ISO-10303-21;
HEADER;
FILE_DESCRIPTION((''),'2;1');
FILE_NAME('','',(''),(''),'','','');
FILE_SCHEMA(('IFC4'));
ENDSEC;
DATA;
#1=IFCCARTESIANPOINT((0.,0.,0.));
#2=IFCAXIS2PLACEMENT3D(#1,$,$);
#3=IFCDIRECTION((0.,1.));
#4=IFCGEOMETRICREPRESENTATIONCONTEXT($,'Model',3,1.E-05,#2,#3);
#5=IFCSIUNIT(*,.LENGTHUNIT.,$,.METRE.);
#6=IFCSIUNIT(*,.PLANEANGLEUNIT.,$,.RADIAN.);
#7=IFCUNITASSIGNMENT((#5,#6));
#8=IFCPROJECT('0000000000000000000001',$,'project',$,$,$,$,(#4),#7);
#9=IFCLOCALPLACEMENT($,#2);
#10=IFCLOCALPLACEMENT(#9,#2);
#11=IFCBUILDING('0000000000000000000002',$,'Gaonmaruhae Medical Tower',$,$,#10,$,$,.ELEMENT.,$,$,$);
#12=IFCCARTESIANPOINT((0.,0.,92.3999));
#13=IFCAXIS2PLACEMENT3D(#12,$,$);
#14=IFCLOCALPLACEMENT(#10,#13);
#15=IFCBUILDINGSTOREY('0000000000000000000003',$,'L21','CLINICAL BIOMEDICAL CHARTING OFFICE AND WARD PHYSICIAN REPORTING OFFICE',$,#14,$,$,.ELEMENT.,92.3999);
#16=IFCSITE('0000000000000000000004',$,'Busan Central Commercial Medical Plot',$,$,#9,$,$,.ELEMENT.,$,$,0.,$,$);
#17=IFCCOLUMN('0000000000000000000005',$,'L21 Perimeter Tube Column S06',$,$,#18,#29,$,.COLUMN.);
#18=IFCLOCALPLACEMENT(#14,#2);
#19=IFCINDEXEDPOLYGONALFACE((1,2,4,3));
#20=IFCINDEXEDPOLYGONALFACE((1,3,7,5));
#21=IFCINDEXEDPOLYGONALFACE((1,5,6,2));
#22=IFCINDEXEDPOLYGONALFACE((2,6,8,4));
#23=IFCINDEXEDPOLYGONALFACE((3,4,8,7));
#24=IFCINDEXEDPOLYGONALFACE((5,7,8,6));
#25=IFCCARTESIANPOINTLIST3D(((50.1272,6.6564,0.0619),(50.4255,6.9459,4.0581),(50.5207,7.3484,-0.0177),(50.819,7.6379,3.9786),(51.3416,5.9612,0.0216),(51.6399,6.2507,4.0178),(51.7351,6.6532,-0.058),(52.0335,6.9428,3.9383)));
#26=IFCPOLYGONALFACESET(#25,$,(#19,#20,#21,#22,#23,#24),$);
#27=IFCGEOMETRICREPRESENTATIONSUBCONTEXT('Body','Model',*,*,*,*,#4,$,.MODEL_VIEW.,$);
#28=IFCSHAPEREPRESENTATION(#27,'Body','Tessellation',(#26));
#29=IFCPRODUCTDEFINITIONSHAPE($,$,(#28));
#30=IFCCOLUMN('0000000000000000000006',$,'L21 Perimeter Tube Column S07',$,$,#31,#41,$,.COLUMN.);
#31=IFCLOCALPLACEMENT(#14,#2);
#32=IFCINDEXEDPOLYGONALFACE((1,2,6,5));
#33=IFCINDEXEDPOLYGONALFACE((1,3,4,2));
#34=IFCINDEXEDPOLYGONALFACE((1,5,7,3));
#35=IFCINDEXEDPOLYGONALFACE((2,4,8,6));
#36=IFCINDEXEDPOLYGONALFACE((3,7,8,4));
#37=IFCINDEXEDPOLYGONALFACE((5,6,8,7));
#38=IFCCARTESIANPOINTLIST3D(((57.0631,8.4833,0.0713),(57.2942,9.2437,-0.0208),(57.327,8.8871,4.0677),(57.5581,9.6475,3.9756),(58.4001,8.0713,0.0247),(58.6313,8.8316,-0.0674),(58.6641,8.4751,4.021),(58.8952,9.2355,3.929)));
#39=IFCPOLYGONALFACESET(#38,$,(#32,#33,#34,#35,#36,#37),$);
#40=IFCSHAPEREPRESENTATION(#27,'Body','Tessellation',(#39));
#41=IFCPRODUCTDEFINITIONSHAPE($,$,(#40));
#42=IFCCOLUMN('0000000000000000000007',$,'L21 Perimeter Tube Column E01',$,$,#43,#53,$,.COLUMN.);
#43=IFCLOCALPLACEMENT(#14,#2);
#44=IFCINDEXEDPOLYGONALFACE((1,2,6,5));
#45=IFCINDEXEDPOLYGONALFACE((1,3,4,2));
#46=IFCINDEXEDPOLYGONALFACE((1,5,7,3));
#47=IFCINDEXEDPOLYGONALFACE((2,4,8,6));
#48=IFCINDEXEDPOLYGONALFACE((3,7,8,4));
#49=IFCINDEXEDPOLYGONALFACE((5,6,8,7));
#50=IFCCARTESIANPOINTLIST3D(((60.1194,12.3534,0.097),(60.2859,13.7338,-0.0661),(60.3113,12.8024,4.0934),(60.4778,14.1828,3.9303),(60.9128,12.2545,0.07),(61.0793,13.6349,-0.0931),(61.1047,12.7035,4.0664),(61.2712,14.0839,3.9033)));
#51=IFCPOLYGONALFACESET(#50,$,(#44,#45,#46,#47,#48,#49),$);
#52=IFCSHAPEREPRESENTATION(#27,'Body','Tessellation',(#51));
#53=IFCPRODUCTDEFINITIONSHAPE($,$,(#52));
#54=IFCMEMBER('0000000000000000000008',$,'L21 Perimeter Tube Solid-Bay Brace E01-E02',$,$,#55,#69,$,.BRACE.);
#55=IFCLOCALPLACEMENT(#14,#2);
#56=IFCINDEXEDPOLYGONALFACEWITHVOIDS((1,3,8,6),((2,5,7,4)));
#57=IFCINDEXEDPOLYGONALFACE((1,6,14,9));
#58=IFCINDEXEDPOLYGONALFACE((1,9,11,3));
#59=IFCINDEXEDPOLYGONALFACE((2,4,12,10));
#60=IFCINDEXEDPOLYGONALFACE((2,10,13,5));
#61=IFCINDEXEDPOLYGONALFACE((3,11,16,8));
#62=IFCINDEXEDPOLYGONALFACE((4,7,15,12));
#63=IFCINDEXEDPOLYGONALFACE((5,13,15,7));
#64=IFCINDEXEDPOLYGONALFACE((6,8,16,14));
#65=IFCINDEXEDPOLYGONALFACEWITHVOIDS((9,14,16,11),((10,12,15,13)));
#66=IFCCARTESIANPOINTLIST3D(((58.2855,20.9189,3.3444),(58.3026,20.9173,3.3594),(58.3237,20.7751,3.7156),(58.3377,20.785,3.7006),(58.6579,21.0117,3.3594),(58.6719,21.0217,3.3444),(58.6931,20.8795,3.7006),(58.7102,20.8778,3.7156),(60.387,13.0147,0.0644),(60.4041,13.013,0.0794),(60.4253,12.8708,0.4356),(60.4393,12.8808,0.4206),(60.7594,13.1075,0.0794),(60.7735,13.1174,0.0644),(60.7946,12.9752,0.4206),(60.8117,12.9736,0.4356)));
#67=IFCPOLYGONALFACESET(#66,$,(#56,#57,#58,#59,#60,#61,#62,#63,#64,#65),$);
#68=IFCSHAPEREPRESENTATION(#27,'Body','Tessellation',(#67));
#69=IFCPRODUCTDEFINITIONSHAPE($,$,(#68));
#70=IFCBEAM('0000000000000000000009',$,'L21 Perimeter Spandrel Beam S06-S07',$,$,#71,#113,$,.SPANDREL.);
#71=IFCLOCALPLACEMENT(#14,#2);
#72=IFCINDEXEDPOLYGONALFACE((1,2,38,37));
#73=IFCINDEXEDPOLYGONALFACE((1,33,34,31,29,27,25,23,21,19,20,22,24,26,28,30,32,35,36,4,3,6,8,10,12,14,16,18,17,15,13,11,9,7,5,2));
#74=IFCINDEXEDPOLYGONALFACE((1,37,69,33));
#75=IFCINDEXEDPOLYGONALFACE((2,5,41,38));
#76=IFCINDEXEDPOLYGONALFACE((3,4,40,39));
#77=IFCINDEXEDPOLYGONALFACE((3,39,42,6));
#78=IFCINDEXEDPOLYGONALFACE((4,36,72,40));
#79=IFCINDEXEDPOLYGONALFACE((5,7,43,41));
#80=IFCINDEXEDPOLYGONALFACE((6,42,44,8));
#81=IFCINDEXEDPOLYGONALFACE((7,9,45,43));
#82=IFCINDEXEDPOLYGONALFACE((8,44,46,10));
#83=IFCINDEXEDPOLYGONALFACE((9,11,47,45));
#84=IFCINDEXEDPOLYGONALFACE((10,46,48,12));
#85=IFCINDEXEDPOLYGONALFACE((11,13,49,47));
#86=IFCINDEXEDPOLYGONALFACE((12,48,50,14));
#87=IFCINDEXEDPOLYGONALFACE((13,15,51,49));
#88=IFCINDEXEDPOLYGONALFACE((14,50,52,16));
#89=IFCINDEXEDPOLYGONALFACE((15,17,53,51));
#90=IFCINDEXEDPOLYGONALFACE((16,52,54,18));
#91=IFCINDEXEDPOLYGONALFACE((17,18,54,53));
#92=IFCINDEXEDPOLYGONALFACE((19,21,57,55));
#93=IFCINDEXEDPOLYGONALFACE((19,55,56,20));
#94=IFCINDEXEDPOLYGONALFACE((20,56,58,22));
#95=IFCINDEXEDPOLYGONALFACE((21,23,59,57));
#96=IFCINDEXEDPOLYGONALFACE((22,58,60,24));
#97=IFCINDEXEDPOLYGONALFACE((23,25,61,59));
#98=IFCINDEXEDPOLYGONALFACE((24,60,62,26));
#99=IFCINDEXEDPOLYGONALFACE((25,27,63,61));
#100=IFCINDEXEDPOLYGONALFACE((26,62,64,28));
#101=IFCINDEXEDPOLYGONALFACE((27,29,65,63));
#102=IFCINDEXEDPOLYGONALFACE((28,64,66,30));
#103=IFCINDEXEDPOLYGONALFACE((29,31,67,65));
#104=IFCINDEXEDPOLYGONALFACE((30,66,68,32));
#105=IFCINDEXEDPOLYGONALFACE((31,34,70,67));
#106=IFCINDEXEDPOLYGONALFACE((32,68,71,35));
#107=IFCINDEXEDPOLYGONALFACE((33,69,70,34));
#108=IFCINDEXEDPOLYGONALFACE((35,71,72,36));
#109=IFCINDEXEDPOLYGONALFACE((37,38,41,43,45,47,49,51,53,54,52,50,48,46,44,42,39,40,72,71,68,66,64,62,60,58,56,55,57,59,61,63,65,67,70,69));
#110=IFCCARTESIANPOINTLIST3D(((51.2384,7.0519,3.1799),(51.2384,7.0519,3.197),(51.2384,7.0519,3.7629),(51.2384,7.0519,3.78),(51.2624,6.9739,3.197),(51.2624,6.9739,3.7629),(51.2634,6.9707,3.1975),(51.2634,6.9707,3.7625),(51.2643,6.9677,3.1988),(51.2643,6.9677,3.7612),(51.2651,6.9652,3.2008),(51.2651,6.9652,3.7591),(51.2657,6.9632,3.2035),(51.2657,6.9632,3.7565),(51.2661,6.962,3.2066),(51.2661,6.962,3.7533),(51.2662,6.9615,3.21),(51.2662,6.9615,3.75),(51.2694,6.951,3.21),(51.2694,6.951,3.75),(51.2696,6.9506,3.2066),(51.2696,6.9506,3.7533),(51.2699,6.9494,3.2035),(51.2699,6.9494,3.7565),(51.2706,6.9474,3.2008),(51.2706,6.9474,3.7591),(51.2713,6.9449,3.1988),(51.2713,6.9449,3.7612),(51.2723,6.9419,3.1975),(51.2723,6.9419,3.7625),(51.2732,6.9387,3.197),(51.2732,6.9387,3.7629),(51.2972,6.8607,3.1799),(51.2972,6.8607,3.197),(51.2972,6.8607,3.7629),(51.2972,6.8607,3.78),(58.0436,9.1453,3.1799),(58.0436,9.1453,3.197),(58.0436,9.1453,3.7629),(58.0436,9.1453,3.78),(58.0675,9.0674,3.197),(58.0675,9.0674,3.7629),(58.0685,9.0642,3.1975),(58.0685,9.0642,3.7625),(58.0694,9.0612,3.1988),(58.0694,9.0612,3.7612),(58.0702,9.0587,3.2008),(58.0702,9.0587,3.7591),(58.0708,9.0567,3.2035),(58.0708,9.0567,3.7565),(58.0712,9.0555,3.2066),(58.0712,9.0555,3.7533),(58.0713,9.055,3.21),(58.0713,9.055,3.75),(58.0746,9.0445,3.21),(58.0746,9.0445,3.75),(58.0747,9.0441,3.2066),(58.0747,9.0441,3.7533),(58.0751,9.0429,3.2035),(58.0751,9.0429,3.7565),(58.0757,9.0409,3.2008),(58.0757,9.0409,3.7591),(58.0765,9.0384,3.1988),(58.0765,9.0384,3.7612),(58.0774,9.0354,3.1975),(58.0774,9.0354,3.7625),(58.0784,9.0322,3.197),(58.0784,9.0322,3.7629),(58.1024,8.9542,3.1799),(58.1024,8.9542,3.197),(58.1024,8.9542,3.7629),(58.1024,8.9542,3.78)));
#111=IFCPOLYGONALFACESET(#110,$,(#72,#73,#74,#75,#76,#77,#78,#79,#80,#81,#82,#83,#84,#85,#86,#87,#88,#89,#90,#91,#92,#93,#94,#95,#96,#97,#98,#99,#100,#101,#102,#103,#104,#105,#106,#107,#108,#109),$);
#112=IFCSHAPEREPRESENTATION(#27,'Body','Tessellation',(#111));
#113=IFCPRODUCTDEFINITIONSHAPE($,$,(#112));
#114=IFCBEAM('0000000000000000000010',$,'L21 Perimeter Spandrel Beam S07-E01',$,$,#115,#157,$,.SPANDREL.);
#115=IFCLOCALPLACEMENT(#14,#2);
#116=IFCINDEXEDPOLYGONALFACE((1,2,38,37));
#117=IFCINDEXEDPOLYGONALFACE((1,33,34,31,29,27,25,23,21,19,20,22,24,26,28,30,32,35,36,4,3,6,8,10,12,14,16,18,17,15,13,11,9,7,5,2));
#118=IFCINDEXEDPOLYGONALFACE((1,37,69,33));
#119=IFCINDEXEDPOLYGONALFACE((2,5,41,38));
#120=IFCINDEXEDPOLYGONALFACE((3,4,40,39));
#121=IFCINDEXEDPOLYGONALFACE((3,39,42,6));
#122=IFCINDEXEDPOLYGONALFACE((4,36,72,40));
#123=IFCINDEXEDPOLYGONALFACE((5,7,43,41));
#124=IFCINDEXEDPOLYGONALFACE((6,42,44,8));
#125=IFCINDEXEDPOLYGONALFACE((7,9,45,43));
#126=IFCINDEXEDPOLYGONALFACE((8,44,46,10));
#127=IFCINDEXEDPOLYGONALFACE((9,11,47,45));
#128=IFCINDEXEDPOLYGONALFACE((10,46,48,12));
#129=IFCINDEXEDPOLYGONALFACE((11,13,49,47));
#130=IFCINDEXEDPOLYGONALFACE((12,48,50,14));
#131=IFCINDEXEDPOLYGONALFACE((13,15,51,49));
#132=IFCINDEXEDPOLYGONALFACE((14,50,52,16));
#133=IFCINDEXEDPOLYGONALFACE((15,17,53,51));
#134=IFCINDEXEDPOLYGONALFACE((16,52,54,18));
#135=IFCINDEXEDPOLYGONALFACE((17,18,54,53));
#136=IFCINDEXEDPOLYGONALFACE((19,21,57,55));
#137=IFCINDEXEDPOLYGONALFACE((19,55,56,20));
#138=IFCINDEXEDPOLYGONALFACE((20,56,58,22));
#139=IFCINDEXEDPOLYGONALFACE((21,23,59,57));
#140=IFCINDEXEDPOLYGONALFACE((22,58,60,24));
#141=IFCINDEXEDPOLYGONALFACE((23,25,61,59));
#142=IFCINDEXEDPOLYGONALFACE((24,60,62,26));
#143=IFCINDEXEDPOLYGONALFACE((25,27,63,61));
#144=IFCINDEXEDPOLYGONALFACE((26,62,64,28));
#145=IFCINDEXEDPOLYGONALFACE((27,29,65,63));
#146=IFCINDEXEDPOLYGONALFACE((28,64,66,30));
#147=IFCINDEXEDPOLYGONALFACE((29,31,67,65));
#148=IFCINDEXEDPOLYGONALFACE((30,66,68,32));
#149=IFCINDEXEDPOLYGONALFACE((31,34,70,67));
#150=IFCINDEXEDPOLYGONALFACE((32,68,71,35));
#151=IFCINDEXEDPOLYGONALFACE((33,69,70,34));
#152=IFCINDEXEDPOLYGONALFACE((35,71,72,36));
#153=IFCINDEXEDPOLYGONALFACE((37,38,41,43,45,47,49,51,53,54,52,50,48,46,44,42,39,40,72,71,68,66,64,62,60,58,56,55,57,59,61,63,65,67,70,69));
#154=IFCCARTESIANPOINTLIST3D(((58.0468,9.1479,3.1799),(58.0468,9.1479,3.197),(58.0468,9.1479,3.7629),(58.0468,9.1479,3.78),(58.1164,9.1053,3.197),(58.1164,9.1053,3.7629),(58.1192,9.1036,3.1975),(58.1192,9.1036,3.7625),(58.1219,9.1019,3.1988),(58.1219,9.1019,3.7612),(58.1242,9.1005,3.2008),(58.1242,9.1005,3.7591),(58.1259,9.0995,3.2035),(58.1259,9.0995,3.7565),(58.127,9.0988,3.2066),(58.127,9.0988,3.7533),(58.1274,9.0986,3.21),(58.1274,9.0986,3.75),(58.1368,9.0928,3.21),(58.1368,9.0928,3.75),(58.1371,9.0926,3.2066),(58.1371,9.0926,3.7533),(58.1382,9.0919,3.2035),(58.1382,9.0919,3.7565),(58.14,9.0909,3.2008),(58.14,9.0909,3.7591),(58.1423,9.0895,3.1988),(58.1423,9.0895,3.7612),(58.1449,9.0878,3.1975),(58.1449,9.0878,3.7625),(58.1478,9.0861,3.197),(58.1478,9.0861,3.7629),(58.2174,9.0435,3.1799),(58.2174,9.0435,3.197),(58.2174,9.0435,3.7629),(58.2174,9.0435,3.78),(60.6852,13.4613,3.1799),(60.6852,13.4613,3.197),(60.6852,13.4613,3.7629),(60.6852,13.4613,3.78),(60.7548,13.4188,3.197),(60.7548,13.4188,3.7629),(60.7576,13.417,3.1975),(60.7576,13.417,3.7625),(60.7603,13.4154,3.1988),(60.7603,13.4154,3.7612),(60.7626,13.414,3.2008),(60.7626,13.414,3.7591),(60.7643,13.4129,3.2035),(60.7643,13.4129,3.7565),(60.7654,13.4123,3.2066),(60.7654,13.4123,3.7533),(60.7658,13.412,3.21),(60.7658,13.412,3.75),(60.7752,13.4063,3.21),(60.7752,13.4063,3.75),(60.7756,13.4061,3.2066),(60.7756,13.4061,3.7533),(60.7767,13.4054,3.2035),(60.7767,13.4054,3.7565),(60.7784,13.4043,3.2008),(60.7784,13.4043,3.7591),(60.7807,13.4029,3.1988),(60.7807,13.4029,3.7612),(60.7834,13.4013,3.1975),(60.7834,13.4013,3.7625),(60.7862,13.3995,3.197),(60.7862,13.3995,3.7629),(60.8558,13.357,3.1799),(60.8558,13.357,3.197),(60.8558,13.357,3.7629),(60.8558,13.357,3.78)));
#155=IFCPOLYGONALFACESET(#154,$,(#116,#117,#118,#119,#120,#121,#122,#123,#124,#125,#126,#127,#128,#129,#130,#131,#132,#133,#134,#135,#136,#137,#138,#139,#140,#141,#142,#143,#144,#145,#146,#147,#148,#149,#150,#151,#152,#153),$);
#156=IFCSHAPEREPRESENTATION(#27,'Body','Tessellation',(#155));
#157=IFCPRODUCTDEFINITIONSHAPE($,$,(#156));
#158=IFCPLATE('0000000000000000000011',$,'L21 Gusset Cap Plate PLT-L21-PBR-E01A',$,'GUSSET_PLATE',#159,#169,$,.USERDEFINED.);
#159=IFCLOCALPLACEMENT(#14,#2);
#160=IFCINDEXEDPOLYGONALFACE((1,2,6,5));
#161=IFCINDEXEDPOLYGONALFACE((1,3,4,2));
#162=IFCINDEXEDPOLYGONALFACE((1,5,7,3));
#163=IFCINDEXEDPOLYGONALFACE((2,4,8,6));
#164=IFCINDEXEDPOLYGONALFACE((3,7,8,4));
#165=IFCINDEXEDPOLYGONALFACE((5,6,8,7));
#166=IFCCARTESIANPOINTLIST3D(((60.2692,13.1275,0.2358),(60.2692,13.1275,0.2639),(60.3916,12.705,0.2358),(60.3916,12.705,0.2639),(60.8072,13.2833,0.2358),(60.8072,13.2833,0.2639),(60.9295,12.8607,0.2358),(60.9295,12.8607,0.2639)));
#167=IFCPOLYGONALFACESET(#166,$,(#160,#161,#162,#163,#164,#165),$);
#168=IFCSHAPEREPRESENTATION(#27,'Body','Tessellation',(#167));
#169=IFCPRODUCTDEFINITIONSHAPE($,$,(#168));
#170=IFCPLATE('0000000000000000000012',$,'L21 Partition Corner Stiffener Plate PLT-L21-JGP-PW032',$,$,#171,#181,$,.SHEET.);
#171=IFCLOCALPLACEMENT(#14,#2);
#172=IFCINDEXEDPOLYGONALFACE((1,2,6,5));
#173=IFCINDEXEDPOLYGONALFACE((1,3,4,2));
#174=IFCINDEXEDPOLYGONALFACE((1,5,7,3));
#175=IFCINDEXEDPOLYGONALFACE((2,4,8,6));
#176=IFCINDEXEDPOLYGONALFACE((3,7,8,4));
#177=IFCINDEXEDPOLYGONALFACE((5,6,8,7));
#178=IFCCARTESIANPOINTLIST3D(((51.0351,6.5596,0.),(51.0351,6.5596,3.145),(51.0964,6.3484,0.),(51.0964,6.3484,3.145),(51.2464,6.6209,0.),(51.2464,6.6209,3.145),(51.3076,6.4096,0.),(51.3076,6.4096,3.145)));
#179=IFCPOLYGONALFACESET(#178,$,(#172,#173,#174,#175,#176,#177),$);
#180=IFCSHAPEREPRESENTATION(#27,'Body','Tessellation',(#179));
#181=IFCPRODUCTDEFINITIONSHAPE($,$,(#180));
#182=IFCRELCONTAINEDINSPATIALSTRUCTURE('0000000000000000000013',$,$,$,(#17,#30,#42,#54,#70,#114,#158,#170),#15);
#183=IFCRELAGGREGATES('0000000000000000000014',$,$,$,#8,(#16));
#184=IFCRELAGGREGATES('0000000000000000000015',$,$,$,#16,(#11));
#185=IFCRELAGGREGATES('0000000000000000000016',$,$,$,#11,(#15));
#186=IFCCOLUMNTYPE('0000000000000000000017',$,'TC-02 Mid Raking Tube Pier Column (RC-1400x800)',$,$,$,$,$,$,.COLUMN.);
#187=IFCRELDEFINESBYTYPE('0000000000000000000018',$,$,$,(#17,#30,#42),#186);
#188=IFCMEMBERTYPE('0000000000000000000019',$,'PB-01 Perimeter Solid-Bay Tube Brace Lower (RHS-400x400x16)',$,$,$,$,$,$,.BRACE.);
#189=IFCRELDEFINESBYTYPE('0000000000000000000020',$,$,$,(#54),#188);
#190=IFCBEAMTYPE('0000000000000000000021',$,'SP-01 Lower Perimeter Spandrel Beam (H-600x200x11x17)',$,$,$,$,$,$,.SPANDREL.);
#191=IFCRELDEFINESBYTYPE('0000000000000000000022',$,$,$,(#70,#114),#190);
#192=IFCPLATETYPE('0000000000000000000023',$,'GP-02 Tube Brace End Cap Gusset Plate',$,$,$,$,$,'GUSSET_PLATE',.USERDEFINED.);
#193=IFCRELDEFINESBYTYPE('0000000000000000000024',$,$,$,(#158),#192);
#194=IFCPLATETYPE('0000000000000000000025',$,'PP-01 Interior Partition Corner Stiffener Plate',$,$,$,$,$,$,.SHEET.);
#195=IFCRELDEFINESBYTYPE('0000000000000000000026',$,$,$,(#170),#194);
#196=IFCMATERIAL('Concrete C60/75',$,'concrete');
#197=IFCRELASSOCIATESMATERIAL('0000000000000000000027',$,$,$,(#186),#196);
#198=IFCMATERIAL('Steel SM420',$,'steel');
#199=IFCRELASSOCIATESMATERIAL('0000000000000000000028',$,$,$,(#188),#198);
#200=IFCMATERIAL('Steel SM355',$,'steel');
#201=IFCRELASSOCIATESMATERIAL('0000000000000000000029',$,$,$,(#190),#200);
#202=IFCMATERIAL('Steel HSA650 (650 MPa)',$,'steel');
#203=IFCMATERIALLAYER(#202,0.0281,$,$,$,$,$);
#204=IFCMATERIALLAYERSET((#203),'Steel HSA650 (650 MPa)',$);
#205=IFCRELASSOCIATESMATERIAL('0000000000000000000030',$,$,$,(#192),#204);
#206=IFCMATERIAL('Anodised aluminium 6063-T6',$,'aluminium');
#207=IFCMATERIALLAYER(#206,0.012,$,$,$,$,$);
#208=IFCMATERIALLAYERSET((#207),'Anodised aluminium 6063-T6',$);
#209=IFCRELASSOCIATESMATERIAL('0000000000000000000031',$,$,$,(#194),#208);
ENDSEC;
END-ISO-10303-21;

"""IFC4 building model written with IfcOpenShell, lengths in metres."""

from ifc_helpers import new_model, si_unit, direction, frame, origin, origin_2d, place, context, subcontext, project, spatial, rectangle, hollow_rectangle, i_section, extrude, material, layer, layer_set, material_profile, profile_set, type_object, element, save


model = new_model("IFC4")

# Units and contexts
model_context = context("Model", 3, precision=1e-05, world=origin(), true_north=direction((0.0, 1.0)))
body_context = subcontext(model_context, "Body", "Model", "MODEL_VIEW")
ifc_project = project(units=[si_unit("LENGTHUNIT", "METRE"), si_unit("PLANEANGLEUNIT", "RADIAN")], contexts=[model_context])

# Site, building, storey
site_placement = place(None, origin())
site = spatial("IfcSite", under=ifc_project, at=site_placement, Name="Busan Central Commercial Medical Plot", CompositionType="ELEMENT", RefElevation=0.0)
building_placement = place(site_placement, origin())
building = spatial("IfcBuilding", under=site, at=building_placement, Name="Gaonmaruhae Medical Tower", CompositionType="ELEMENT")
storey_placement = place(building_placement, frame((0.0, 0.0, 92.3999)))
storey = spatial("IfcBuildingStorey", under=building, at=storey_placement, Name="L21", Description="CLINICAL BIOMEDICAL CHARTING OFFICE AND WARD PHYSICIAN REPORTING OFFICE", CompositionType="ELEMENT", Elevation=92.3999)

# Columns
ifc_material_1 = material(Name="Concrete C60/75", Category="concrete")
ifc_material_profile_1 = material_profile(ifc_material_1, rectangle(XDim=1.3999, YDim=0.8, at=origin_2d()), Name="RC-1400x800")
ifc_profile_set_1 = profile_set([ifc_material_profile_1], Name="Concrete C60/75")
column_type = type_object("IfcColumnType", Name="TC-02 Mid Raking Tube Pier Column (RC-1400x800)", PredefinedType="COLUMN", material=ifc_profile_set_1)
column_1_placement = place(storey_placement, frame((50.9312, 6.6548, 0.002), z_axis=(0.074253, 0.072065, 0.994632), x_axis=(-0.867504, 0.496597, 0.028782)))
element("IfcColumn", 1, at=column_1_placement, inside=storey, type_object=column_type, Name="L21 Perimeter Tube Column S06", PredefinedType="COLUMN", context=body_context, shape_type="SweptSolid", body=[
    extrude(rectangle(XDim=1.3999, YDim=0.8, at=origin_2d()), origin(), (0.0, 0.0, 1.0), 4.0178),
])
column_2_placement = place(storey_placement, frame((57.8472, 8.6575, 0.002), z_axis=(0.065564, 0.100316, 0.992793), x_axis=(-0.95512, 0.294339, 0.033334)))
element("IfcColumn", 2, at=column_2_placement, inside=storey, type_object=column_type, Name="L21 Perimeter Tube Column S07", PredefinedType="COLUMN", context=body_context, shape_type="SweptSolid", body=[
    extrude(rectangle(XDim=1.3999, YDim=0.8, at=origin_2d()), origin(), (0.0, 0.0, 1.0), 4.0254),
])
column_3_placement = place(storey_placement, frame((60.5994, 12.9941, 0.002), z_axis=(0.047663, 0.111517, 0.992619), x_axis=(-0.118947, -0.986043, 0.11649)))
element("IfcColumn", 3, at=column_3_placement, inside=storey, type_object=column_type, Name="L21 Perimeter Tube Column E01", PredefinedType="COLUMN", context=body_context, shape_type="SweptSolid", body=[
    extrude(rectangle(XDim=1.3999, YDim=0.8, at=origin_2d()), origin(), (0.0, 0.0, 1.0), 4.0261),
])

# Member
ifc_material_2 = material(Name="Steel SM420", Category="steel")
ifc_material_profile_2 = material_profile(ifc_material_2, hollow_rectangle(XDim=0.3999, YDim=0.3999, WallThickness=0.0161, at=origin_2d()), Name="RHS-400x400x16")
ifc_profile_set_2 = profile_set([ifc_material_profile_2], Name="Steel SM420")
member_type = type_object("IfcMemberType", Name="PB-01 Perimeter Solid-Bay Tube Brace Lower (RHS-400x400x16)", PredefinedType="BRACE", material=ifc_profile_set_2)
member_placement = place(storey_placement, frame((60.5994, 12.9941, 0.25), z_axis=(-0.238486, 0.896982, 0.372219), x_axis=(-0.966425, -0.256949, 0.0)))
element("IfcMember", 4, at=member_placement, inside=storey, type_object=member_type, Name="L21 Perimeter Tube Solid-Bay Brace E01-E02", PredefinedType="BRACE", context=body_context, shape_type="SweptSolid", body=[
    extrude(hollow_rectangle(XDim=0.3999, YDim=0.3999, WallThickness=0.0161, at=origin_2d()), origin(), (0.0, 0.0, 1.0), 8.812),
])

# Beams
ifc_material_3 = material(Name="Steel SM355", Category="steel")
ifc_material_profile_3 = material_profile(ifc_material_3, i_section(OverallWidth=0.2, OverallDepth=0.6001, WebThickness=0.011, FlangeThickness=0.0171, FilletRadius=0.0129, at=origin_2d()), Name="H-600x200x11x17")
ifc_profile_set_3 = profile_set([ifc_material_profile_3], Name="Steel SM355")
beam_type = type_object("IfcBeamType", Name="SP-01 Lower Perimeter Spandrel Beam (H-600x200x11x17)", PredefinedType="SPANDREL", material=ifc_profile_set_3)
beam_1_placement = place(storey_placement, frame((51.2678, 6.9563, 3.48), z_axis=(0.955795, 0.294035, 0.0), x_axis=(-0.294035, 0.955795, 0.0)))
element("IfcBeam", 5, at=beam_1_placement, inside=storey, type_object=beam_type, Name="L21 Perimeter Spandrel Beam S06-S07", PredefinedType="SPANDREL", context=body_context, shape_type="SweptSolid", body=[
    extrude(i_section(OverallWidth=0.2, OverallDepth=0.6001, WebThickness=0.011, FlangeThickness=0.0171, FilletRadius=0.0129, at=origin_2d()), origin(), (0.0, 0.0, 1.0), 7.1199),
])
beam_2_placement = place(storey_placement, frame((58.1321, 9.0957, 3.48), z_axis=(0.521798, 0.853069, 0.0), x_axis=(-0.853069, 0.521798, 0.0)))
element("IfcBeam", 6, at=beam_2_placement, inside=storey, type_object=beam_type, Name="L21 Perimeter Spandrel Beam S07-E01", PredefinedType="SPANDREL", context=body_context, shape_type="SweptSolid", body=[
    extrude(i_section(OverallWidth=0.2, OverallDepth=0.6001, WebThickness=0.011, FlangeThickness=0.0171, FilletRadius=0.0129, at=origin_2d()), origin(), (0.0, 0.0, 1.0), 5.0564),
])

# Plates
ifc_material_4 = material(Name="Steel HSA650 (650 MPa)", Category="steel")
ifc_layer_1 = layer(ifc_material_4, 0.0281)
ifc_layer_set_1 = layer_set([ifc_layer_1], Name="Steel HSA650 (650 MPa)")
plate_type_1 = type_object("IfcPlateType", Name="GP-02 Tube Brace End Cap Gusset Plate", ElementType="GUSSET_PLATE", PredefinedType="USERDEFINED", material=ifc_layer_set_1)
plate_1_placement = place(storey_placement, frame((60.5994, 12.9941, 0.2358), z_axis=(0.0, 0.0, 1.0), x_axis=(0.960537, 0.278153, 0.0)))
element("IfcPlate", 7, at=plate_1_placement, inside=storey, type_object=plate_type_1, Name="L21 Gusset Cap Plate PLT-L21-PBR-E01A", ObjectType="GUSSET_PLATE", PredefinedType="USERDEFINED", context=body_context, shape_type="SweptSolid", body=[
    extrude(rectangle(XDim=0.5601, YDim=0.4399, at=origin_2d()), origin(), (0.0, 0.0, 1.0), 0.0281),
])
ifc_material_5 = material(Name="Anodised aluminium 6063-T6", Category="aluminium")
ifc_layer_2 = layer(ifc_material_5, 0.012)
ifc_layer_set_2 = layer_set([ifc_layer_2], Name="Anodised aluminium 6063-T6")
plate_type_2 = type_object("IfcPlateType", Name="PP-01 Interior Partition Corner Stiffener Plate", PredefinedType="SHEET", material=ifc_layer_set_2)
plate_2_placement = place(storey_placement, frame((51.1714, 6.4846, 0.0), z_axis=(0.0, 0.0, 1.0), x_axis=(-0.960469, -0.278388, 0.0)))
element("IfcPlate", 8, at=plate_2_placement, inside=storey, type_object=plate_type_2, Name="L21 Partition Corner Stiffener Plate PLT-L21-JGP-PW032", PredefinedType="SHEET", context=body_context, shape_type="SweptSolid", body=[
    extrude(rectangle(XDim=0.22, YDim=0.22, at=origin_2d()), origin(), (0.0, 0.0, 1.0), 3.145),
])

save(model, "model.ifc")
